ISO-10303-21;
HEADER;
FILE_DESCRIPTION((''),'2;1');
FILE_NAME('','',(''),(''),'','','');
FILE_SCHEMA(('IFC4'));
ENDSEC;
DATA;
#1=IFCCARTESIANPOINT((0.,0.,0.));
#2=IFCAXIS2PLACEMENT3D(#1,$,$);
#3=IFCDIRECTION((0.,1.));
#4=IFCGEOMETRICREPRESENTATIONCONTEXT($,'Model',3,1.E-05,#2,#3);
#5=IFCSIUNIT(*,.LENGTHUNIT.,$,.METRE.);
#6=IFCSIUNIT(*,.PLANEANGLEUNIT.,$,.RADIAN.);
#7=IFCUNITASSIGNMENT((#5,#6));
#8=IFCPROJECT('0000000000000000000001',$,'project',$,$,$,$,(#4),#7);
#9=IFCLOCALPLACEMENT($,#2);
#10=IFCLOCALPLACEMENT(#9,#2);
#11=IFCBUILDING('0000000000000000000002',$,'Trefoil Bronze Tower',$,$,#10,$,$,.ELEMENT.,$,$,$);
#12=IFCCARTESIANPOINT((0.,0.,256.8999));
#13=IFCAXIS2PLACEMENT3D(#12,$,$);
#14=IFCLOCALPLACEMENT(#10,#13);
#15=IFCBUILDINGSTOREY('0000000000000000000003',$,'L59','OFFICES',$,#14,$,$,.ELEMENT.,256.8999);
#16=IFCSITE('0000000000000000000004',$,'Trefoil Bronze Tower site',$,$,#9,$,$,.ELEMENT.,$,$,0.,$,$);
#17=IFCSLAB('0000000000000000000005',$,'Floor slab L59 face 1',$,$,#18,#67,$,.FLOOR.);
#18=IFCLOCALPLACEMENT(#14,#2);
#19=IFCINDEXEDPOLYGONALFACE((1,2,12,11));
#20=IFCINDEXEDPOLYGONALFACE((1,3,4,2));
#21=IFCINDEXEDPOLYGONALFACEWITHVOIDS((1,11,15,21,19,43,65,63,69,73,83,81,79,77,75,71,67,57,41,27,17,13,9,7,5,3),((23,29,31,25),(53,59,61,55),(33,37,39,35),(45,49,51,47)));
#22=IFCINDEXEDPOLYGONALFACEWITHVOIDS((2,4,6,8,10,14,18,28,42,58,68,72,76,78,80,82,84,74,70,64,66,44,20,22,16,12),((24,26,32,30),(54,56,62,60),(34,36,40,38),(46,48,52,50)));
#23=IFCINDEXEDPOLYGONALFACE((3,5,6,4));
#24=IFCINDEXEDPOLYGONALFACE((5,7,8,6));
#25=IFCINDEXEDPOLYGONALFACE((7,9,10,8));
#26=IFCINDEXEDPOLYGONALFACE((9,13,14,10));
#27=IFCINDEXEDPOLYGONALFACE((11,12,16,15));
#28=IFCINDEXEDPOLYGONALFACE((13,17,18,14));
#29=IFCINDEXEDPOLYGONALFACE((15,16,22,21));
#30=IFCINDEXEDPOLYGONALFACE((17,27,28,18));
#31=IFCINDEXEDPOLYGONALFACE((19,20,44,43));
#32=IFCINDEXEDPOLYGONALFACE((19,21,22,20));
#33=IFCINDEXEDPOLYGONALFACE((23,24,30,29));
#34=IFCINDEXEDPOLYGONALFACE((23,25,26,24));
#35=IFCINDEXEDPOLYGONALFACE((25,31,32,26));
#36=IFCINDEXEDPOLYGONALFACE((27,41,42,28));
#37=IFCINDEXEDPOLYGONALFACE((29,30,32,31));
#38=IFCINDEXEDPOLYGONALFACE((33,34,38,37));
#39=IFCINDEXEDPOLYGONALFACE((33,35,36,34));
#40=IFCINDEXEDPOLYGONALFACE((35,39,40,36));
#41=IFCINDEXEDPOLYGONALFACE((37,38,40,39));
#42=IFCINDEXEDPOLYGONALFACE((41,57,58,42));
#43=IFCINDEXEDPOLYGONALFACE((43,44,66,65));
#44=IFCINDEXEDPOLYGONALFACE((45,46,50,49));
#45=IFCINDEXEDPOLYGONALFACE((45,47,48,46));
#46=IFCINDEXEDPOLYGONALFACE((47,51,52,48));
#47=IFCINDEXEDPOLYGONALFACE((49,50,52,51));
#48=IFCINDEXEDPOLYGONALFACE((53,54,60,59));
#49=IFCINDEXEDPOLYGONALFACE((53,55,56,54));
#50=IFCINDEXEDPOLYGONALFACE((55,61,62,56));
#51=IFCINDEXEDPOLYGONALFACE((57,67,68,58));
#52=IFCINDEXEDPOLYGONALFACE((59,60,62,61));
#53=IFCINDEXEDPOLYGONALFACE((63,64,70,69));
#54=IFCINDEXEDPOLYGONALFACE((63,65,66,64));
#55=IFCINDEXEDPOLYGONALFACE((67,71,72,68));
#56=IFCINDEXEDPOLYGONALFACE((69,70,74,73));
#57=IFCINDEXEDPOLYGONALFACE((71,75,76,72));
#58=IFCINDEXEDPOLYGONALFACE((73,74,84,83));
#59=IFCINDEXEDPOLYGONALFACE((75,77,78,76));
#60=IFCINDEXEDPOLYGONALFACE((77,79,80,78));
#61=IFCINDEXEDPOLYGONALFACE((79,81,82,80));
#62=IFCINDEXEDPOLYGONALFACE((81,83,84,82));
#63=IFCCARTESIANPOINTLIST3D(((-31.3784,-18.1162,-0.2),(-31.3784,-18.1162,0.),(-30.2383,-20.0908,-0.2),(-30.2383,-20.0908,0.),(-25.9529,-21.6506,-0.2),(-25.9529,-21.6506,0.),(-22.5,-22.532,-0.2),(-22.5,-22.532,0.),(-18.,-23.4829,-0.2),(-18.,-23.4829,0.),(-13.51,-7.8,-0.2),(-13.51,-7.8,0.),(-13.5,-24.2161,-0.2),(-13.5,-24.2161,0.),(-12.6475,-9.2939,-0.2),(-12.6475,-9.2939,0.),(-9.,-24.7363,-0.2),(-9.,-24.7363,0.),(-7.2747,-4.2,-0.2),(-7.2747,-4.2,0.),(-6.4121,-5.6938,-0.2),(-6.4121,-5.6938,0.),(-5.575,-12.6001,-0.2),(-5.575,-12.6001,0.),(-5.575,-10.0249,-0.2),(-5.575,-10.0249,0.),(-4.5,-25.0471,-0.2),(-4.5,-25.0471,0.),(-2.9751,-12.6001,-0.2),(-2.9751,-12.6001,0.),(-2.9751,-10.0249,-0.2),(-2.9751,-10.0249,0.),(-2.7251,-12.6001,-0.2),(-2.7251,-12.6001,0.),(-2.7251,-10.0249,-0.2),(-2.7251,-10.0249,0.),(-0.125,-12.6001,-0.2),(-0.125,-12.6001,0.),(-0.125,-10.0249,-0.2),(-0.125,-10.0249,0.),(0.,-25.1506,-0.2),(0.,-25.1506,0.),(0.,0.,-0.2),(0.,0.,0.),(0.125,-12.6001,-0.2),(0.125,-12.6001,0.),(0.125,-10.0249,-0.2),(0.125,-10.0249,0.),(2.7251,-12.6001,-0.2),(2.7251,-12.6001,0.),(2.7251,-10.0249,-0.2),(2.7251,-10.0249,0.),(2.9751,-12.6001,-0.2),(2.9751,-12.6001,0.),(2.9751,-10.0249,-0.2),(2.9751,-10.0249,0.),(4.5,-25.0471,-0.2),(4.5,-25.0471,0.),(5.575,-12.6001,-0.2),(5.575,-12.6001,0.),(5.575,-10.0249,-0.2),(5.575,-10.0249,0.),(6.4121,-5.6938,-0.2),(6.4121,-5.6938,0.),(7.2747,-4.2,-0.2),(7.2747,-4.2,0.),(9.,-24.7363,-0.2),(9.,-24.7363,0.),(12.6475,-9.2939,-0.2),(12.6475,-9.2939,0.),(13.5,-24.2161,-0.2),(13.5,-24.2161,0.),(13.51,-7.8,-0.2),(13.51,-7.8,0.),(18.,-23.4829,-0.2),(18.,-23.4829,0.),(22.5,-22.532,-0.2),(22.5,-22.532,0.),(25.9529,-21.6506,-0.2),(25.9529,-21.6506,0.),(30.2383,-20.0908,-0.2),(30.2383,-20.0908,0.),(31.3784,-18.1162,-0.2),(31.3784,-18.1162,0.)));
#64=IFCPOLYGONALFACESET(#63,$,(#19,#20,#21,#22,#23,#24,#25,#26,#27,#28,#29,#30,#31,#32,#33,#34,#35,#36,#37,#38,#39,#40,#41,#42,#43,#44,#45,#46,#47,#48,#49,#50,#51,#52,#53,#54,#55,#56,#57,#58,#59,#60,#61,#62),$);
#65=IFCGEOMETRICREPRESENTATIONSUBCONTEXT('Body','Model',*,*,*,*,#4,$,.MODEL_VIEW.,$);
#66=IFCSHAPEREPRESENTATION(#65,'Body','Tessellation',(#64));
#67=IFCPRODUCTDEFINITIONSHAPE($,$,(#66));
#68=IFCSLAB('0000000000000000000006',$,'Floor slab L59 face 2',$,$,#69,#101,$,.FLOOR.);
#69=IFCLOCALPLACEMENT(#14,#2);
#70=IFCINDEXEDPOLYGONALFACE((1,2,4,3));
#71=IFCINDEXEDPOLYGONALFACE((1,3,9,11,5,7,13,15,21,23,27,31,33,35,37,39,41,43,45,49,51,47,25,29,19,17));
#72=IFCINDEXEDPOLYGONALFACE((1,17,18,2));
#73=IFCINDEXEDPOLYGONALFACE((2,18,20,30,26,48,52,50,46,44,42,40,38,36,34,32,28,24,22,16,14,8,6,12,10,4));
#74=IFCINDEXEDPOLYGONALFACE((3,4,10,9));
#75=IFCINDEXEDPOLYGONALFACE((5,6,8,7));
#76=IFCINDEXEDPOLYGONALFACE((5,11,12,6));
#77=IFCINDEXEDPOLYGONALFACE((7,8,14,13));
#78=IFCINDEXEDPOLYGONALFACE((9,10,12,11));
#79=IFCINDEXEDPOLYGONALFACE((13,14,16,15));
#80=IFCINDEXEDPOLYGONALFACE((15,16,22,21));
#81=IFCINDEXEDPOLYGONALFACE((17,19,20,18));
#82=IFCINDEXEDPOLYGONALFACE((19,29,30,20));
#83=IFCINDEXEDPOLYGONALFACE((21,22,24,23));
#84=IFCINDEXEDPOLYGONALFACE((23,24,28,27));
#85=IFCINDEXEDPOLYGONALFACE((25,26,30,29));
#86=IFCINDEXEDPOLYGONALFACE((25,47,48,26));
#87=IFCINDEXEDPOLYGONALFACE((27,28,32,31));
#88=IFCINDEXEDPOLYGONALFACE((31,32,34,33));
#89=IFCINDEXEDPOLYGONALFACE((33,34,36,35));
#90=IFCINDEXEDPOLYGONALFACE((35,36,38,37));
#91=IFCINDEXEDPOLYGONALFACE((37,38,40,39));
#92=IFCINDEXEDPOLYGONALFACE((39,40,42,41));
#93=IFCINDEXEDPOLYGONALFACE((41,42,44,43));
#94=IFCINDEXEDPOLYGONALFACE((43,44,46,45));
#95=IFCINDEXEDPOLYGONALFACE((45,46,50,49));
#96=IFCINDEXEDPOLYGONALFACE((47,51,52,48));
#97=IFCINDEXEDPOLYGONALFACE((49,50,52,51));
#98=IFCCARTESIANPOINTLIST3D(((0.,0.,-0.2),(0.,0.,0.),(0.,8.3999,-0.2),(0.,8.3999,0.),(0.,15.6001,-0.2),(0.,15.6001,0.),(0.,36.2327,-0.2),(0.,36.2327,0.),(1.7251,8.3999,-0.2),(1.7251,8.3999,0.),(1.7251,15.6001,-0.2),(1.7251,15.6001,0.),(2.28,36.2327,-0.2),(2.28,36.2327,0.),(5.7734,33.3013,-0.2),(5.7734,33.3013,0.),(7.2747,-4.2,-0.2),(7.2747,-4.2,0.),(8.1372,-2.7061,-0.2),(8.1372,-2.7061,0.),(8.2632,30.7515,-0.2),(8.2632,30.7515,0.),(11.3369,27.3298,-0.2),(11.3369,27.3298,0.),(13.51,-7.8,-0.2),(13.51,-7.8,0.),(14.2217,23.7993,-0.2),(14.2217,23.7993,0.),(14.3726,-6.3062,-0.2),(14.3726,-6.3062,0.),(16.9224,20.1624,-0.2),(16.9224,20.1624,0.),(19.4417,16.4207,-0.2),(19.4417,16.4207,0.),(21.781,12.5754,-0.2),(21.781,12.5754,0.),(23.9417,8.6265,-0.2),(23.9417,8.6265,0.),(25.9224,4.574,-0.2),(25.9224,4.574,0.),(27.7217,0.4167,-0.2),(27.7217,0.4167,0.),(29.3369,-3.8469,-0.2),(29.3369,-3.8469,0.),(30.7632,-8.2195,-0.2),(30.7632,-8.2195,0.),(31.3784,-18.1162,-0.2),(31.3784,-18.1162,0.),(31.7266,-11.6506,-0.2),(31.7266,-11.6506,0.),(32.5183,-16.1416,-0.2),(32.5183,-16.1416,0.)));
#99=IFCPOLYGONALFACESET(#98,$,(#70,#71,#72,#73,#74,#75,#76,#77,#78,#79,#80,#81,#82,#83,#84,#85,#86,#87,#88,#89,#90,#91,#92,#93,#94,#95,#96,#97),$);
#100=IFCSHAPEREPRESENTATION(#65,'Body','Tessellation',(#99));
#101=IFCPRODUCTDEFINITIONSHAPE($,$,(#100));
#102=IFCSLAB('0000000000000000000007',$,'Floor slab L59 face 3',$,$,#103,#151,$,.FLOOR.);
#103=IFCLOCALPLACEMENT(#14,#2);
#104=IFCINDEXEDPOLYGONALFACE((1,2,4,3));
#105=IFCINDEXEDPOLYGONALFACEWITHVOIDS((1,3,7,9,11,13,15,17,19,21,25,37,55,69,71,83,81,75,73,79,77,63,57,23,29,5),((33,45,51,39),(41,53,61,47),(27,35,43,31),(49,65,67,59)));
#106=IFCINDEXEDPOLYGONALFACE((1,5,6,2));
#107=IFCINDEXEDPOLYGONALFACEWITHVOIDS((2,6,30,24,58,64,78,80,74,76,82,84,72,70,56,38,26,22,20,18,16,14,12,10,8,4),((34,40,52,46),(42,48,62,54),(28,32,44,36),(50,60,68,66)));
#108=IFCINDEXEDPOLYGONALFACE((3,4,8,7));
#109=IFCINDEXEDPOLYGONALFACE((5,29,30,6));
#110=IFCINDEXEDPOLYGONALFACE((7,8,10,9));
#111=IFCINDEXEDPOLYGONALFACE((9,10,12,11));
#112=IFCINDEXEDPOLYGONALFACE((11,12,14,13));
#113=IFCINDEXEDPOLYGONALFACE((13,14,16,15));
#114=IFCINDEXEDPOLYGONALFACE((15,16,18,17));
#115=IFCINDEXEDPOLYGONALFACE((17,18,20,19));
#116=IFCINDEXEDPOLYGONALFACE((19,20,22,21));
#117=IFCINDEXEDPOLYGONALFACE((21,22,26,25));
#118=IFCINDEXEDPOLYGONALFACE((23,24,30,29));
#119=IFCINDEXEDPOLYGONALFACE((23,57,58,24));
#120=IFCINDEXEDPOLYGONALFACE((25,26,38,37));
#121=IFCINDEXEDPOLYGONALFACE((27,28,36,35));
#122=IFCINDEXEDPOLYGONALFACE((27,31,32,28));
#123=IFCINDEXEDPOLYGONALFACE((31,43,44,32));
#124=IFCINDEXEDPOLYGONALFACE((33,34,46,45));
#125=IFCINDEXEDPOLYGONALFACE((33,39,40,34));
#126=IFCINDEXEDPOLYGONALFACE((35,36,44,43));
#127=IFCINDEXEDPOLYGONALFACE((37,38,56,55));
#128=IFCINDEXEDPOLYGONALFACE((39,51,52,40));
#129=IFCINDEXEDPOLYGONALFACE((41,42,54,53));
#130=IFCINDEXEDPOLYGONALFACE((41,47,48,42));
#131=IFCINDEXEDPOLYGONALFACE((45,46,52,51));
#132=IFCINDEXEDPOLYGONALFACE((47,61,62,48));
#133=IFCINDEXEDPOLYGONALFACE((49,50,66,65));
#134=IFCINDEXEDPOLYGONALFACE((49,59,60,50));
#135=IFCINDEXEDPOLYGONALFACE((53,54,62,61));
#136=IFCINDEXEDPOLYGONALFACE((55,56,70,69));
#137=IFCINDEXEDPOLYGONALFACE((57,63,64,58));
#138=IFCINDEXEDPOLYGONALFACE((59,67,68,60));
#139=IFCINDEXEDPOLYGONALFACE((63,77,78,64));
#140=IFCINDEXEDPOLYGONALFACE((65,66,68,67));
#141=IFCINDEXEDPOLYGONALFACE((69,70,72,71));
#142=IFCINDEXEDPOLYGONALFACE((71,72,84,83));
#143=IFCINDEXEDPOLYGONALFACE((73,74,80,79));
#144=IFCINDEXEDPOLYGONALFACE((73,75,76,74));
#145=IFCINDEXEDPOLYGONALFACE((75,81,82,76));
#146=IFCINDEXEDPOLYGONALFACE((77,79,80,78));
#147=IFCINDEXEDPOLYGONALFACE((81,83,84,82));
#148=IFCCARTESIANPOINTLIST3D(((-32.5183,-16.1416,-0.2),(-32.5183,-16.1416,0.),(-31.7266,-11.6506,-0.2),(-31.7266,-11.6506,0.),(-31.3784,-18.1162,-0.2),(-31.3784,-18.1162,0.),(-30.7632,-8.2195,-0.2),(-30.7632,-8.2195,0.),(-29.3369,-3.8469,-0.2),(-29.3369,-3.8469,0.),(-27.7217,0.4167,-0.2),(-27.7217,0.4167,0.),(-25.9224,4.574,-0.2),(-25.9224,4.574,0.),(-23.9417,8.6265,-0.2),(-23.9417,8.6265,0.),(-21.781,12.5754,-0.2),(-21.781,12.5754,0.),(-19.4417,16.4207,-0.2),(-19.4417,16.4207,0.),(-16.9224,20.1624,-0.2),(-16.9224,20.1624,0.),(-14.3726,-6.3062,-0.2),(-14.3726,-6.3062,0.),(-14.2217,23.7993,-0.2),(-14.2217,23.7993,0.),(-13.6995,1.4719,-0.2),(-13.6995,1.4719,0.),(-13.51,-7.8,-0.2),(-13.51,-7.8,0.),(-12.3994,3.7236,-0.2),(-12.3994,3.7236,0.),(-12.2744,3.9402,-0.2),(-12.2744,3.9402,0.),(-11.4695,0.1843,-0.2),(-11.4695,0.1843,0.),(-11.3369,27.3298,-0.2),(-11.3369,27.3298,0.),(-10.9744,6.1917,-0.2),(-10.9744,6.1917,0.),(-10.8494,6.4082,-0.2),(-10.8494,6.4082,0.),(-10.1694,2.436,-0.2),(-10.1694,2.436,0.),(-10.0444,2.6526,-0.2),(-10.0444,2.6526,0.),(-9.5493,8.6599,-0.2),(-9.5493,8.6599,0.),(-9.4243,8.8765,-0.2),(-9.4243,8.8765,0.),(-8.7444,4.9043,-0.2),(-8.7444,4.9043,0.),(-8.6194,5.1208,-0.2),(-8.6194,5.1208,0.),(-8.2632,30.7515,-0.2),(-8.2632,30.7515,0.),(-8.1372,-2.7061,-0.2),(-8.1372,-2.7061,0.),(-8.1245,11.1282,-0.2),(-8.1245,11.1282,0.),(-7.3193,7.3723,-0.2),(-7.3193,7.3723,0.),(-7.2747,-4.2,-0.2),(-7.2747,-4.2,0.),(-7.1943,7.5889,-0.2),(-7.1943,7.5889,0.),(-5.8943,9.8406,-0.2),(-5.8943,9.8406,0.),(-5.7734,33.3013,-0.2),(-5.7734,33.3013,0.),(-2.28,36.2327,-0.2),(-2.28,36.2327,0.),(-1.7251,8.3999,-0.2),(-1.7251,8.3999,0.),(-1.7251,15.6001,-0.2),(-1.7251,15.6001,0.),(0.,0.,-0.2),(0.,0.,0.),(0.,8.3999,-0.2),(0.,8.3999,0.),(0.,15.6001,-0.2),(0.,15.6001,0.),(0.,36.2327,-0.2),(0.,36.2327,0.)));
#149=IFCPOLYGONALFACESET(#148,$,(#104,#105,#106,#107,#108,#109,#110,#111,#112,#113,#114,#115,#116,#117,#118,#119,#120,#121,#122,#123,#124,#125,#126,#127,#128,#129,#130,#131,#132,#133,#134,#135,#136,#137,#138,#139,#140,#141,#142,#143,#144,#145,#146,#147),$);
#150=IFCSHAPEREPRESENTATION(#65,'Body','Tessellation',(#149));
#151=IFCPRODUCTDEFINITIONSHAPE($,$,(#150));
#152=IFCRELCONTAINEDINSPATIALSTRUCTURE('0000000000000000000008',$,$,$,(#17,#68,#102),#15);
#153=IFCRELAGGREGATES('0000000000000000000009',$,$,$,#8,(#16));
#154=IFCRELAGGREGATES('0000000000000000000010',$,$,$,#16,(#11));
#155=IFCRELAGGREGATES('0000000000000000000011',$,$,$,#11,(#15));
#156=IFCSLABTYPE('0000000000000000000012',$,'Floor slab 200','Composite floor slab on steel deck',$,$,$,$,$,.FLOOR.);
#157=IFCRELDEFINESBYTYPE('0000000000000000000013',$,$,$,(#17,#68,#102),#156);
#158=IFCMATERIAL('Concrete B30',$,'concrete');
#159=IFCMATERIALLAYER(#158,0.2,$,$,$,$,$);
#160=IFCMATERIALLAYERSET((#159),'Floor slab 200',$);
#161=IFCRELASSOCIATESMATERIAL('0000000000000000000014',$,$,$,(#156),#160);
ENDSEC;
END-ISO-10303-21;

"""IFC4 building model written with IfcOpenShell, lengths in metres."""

from ifc_helpers import new_model, si_unit, direction, frame, origin, place, context, subcontext, project, spatial, polyline, outline, extrude, material, layer, layer_set, type_object, element, save


model = new_model("IFC4")

# Units and contexts
model_context = context("Model", 3, precision=1e-05, world=origin(), true_north=direction((0.0, 1.0)))
body_context = subcontext(model_context, "Body", "Model", "MODEL_VIEW")
ifc_project = project(units=[si_unit("LENGTHUNIT", "METRE"), si_unit("PLANEANGLEUNIT", "RADIAN")], contexts=[model_context])

# Site, building, storey
site_placement = place(None, origin())
site = spatial("IfcSite", under=ifc_project, at=site_placement, Name="Trefoil Bronze Tower site", CompositionType="ELEMENT", RefElevation=0.0)
building_placement = place(site_placement, origin())
building = spatial("IfcBuilding", under=site, at=building_placement, Name="Trefoil Bronze Tower", CompositionType="ELEMENT")
storey_placement = place(building_placement, frame((0.0, 0.0, 256.8999)))
storey = spatial("IfcBuildingStorey", under=building, at=storey_placement, Name="L59", Description="OFFICES", CompositionType="ELEMENT", Elevation=256.8999)

# Slabs
ifc_material_1 = material(Name="Concrete B30", Category="concrete")
ifc_layer_1 = layer(ifc_material_1, 0.2)
ifc_layer_set_1 = layer_set([ifc_layer_1], Name="Floor slab 200")
slab_type = type_object("IfcSlabType", Name="Floor slab 200", Description="Composite floor slab on steel deck", PredefinedType="FLOOR", material=ifc_layer_set_1)
slab_1_placement = place(storey_placement, frame((0.0, 0.0, -0.2)))
element("IfcSlab", 1, at=slab_1_placement, inside=storey, type_object=slab_type, Name="Floor slab L59 face 1", PredefinedType="FLOOR", context=body_context, shape_type="SweptSolid", body=[
    extrude(outline(polyline([(18.0, -23.4829), (13.5, -24.2161), (9.0, -24.7363), (4.5, -25.0471), (0.0, -25.1506), (-4.5, -25.0471), (-9.0, -24.7363), (-13.5, -24.2161), (-18.0, -23.4829), (-22.5, -22.532), (-25.9529, -21.6506), (-30.2383, -20.0908), (-31.3784, -18.1162), (-13.51, -7.8), (-12.6475, -9.2939), (-6.4121, -5.6938), (-7.2747, -4.2), (0.0, 0.0), (7.2747, -4.2), (6.4121, -5.6938), (12.6475, -9.2939), (13.51, -7.8), (31.3784, -18.1162), (30.2383, -20.0908), (25.9529, -21.6506), (22.5, -22.532), (18.0, -23.4829)]), holes=[polyline([(-5.575, -10.0249), (-2.9751, -10.0249), (-2.9751, -12.6001), (-5.575, -12.6001), (-5.575, -10.0249)]), polyline([(-2.7251, -10.0249), (-0.125, -10.0249), (-0.125, -12.6001), (-2.7251, -12.6001), (-2.7251, -10.0249)]), polyline([(0.125, -10.0249), (2.7251, -10.0249), (2.7251, -12.6001), (0.125, -12.6001), (0.125, -10.0249)]), polyline([(2.9751, -10.0249), (5.575, -10.0249), (5.575, -12.6001), (2.9751, -12.6001), (2.9751, -10.0249)])]), origin(), (0.0, 0.0, 1.0), 0.2),
])
slab_2_placement = place(storey_placement, frame((0.0, 0.0, -0.2)))
element("IfcSlab", 2, at=slab_2_placement, inside=storey, type_object=slab_type, Name="Floor slab L59 face 2", PredefinedType="FLOOR", context=body_context, shape_type="SweptSolid", body=[
    extrude(outline(polyline([(11.3369, 27.3298), (14.2217, 23.7993), (16.9224, 20.1624), (19.4417, 16.4207), (21.781, 12.5754), (23.9417, 8.6265), (25.9224, 4.574), (27.7217, 0.4167), (29.3369, -3.8469), (30.7632, -8.2195), (31.7266, -11.6506), (32.5183, -16.1416), (31.3784, -18.1162), (13.51, -7.8), (14.3726, -6.3062), (8.1372, -2.7061), (7.2747, -4.2), (0.0, 0.0), (0.0, 8.3999), (1.7251, 8.3999), (1.7251, 15.6001), (0.0, 15.6001), (0.0, 36.2327), (2.28, 36.2327), (5.7734, 33.3013), (8.2632, 30.7515), (11.3369, 27.3298)])), origin(), (0.0, 0.0, 1.0), 0.2),
])
slab_3_placement = place(storey_placement, frame((0.0, 0.0, -0.2)))
element("IfcSlab", 3, at=slab_3_placement, inside=storey, type_object=slab_type, Name="Floor slab L59 face 3", PredefinedType="FLOOR", context=body_context, shape_type="SweptSolid", body=[
    extrude(outline(polyline([(-29.3369, -3.8469), (-27.7217, 0.4167), (-25.9224, 4.574), (-23.9417, 8.6265), (-21.781, 12.5754), (-19.4417, 16.4207), (-16.9224, 20.1624), (-14.2217, 23.7993), (-11.3369, 27.3298), (-8.2632, 30.7515), (-5.7734, 33.3013), (-2.28, 36.2327), (0.0, 36.2327), (0.0, 15.6001), (-1.7251, 15.6001), (-1.7251, 8.3999), (0.0, 8.3999), (0.0, 0.0), (-7.2747, -4.2), (-8.1372, -2.7061), (-14.3726, -6.3062), (-13.51, -7.8), (-31.3784, -18.1162), (-32.5183, -16.1416), (-31.7266, -11.6506), (-30.7632, -8.2195), (-29.3369, -3.8469)]), holes=[polyline([(-5.8943, 9.8406), (-7.1943, 7.5889), (-9.4243, 8.8765), (-8.1245, 11.1282), (-5.8943, 9.8406)]), polyline([(-7.3193, 7.3723), (-8.6194, 5.1208), (-10.8494, 6.4082), (-9.5493, 8.6599), (-7.3193, 7.3723)]), polyline([(-8.7444, 4.9043), (-10.0444, 2.6526), (-12.2744, 3.9402), (-10.9744, 6.1917), (-8.7444, 4.9043)]), polyline([(-10.1694, 2.436), (-11.4695, 0.1843), (-13.6995, 1.4719), (-12.3994, 3.7236), (-10.1694, 2.436)])]), origin(), (0.0, 0.0, 1.0), 0.2),
])

save(model, "model.ifc")
